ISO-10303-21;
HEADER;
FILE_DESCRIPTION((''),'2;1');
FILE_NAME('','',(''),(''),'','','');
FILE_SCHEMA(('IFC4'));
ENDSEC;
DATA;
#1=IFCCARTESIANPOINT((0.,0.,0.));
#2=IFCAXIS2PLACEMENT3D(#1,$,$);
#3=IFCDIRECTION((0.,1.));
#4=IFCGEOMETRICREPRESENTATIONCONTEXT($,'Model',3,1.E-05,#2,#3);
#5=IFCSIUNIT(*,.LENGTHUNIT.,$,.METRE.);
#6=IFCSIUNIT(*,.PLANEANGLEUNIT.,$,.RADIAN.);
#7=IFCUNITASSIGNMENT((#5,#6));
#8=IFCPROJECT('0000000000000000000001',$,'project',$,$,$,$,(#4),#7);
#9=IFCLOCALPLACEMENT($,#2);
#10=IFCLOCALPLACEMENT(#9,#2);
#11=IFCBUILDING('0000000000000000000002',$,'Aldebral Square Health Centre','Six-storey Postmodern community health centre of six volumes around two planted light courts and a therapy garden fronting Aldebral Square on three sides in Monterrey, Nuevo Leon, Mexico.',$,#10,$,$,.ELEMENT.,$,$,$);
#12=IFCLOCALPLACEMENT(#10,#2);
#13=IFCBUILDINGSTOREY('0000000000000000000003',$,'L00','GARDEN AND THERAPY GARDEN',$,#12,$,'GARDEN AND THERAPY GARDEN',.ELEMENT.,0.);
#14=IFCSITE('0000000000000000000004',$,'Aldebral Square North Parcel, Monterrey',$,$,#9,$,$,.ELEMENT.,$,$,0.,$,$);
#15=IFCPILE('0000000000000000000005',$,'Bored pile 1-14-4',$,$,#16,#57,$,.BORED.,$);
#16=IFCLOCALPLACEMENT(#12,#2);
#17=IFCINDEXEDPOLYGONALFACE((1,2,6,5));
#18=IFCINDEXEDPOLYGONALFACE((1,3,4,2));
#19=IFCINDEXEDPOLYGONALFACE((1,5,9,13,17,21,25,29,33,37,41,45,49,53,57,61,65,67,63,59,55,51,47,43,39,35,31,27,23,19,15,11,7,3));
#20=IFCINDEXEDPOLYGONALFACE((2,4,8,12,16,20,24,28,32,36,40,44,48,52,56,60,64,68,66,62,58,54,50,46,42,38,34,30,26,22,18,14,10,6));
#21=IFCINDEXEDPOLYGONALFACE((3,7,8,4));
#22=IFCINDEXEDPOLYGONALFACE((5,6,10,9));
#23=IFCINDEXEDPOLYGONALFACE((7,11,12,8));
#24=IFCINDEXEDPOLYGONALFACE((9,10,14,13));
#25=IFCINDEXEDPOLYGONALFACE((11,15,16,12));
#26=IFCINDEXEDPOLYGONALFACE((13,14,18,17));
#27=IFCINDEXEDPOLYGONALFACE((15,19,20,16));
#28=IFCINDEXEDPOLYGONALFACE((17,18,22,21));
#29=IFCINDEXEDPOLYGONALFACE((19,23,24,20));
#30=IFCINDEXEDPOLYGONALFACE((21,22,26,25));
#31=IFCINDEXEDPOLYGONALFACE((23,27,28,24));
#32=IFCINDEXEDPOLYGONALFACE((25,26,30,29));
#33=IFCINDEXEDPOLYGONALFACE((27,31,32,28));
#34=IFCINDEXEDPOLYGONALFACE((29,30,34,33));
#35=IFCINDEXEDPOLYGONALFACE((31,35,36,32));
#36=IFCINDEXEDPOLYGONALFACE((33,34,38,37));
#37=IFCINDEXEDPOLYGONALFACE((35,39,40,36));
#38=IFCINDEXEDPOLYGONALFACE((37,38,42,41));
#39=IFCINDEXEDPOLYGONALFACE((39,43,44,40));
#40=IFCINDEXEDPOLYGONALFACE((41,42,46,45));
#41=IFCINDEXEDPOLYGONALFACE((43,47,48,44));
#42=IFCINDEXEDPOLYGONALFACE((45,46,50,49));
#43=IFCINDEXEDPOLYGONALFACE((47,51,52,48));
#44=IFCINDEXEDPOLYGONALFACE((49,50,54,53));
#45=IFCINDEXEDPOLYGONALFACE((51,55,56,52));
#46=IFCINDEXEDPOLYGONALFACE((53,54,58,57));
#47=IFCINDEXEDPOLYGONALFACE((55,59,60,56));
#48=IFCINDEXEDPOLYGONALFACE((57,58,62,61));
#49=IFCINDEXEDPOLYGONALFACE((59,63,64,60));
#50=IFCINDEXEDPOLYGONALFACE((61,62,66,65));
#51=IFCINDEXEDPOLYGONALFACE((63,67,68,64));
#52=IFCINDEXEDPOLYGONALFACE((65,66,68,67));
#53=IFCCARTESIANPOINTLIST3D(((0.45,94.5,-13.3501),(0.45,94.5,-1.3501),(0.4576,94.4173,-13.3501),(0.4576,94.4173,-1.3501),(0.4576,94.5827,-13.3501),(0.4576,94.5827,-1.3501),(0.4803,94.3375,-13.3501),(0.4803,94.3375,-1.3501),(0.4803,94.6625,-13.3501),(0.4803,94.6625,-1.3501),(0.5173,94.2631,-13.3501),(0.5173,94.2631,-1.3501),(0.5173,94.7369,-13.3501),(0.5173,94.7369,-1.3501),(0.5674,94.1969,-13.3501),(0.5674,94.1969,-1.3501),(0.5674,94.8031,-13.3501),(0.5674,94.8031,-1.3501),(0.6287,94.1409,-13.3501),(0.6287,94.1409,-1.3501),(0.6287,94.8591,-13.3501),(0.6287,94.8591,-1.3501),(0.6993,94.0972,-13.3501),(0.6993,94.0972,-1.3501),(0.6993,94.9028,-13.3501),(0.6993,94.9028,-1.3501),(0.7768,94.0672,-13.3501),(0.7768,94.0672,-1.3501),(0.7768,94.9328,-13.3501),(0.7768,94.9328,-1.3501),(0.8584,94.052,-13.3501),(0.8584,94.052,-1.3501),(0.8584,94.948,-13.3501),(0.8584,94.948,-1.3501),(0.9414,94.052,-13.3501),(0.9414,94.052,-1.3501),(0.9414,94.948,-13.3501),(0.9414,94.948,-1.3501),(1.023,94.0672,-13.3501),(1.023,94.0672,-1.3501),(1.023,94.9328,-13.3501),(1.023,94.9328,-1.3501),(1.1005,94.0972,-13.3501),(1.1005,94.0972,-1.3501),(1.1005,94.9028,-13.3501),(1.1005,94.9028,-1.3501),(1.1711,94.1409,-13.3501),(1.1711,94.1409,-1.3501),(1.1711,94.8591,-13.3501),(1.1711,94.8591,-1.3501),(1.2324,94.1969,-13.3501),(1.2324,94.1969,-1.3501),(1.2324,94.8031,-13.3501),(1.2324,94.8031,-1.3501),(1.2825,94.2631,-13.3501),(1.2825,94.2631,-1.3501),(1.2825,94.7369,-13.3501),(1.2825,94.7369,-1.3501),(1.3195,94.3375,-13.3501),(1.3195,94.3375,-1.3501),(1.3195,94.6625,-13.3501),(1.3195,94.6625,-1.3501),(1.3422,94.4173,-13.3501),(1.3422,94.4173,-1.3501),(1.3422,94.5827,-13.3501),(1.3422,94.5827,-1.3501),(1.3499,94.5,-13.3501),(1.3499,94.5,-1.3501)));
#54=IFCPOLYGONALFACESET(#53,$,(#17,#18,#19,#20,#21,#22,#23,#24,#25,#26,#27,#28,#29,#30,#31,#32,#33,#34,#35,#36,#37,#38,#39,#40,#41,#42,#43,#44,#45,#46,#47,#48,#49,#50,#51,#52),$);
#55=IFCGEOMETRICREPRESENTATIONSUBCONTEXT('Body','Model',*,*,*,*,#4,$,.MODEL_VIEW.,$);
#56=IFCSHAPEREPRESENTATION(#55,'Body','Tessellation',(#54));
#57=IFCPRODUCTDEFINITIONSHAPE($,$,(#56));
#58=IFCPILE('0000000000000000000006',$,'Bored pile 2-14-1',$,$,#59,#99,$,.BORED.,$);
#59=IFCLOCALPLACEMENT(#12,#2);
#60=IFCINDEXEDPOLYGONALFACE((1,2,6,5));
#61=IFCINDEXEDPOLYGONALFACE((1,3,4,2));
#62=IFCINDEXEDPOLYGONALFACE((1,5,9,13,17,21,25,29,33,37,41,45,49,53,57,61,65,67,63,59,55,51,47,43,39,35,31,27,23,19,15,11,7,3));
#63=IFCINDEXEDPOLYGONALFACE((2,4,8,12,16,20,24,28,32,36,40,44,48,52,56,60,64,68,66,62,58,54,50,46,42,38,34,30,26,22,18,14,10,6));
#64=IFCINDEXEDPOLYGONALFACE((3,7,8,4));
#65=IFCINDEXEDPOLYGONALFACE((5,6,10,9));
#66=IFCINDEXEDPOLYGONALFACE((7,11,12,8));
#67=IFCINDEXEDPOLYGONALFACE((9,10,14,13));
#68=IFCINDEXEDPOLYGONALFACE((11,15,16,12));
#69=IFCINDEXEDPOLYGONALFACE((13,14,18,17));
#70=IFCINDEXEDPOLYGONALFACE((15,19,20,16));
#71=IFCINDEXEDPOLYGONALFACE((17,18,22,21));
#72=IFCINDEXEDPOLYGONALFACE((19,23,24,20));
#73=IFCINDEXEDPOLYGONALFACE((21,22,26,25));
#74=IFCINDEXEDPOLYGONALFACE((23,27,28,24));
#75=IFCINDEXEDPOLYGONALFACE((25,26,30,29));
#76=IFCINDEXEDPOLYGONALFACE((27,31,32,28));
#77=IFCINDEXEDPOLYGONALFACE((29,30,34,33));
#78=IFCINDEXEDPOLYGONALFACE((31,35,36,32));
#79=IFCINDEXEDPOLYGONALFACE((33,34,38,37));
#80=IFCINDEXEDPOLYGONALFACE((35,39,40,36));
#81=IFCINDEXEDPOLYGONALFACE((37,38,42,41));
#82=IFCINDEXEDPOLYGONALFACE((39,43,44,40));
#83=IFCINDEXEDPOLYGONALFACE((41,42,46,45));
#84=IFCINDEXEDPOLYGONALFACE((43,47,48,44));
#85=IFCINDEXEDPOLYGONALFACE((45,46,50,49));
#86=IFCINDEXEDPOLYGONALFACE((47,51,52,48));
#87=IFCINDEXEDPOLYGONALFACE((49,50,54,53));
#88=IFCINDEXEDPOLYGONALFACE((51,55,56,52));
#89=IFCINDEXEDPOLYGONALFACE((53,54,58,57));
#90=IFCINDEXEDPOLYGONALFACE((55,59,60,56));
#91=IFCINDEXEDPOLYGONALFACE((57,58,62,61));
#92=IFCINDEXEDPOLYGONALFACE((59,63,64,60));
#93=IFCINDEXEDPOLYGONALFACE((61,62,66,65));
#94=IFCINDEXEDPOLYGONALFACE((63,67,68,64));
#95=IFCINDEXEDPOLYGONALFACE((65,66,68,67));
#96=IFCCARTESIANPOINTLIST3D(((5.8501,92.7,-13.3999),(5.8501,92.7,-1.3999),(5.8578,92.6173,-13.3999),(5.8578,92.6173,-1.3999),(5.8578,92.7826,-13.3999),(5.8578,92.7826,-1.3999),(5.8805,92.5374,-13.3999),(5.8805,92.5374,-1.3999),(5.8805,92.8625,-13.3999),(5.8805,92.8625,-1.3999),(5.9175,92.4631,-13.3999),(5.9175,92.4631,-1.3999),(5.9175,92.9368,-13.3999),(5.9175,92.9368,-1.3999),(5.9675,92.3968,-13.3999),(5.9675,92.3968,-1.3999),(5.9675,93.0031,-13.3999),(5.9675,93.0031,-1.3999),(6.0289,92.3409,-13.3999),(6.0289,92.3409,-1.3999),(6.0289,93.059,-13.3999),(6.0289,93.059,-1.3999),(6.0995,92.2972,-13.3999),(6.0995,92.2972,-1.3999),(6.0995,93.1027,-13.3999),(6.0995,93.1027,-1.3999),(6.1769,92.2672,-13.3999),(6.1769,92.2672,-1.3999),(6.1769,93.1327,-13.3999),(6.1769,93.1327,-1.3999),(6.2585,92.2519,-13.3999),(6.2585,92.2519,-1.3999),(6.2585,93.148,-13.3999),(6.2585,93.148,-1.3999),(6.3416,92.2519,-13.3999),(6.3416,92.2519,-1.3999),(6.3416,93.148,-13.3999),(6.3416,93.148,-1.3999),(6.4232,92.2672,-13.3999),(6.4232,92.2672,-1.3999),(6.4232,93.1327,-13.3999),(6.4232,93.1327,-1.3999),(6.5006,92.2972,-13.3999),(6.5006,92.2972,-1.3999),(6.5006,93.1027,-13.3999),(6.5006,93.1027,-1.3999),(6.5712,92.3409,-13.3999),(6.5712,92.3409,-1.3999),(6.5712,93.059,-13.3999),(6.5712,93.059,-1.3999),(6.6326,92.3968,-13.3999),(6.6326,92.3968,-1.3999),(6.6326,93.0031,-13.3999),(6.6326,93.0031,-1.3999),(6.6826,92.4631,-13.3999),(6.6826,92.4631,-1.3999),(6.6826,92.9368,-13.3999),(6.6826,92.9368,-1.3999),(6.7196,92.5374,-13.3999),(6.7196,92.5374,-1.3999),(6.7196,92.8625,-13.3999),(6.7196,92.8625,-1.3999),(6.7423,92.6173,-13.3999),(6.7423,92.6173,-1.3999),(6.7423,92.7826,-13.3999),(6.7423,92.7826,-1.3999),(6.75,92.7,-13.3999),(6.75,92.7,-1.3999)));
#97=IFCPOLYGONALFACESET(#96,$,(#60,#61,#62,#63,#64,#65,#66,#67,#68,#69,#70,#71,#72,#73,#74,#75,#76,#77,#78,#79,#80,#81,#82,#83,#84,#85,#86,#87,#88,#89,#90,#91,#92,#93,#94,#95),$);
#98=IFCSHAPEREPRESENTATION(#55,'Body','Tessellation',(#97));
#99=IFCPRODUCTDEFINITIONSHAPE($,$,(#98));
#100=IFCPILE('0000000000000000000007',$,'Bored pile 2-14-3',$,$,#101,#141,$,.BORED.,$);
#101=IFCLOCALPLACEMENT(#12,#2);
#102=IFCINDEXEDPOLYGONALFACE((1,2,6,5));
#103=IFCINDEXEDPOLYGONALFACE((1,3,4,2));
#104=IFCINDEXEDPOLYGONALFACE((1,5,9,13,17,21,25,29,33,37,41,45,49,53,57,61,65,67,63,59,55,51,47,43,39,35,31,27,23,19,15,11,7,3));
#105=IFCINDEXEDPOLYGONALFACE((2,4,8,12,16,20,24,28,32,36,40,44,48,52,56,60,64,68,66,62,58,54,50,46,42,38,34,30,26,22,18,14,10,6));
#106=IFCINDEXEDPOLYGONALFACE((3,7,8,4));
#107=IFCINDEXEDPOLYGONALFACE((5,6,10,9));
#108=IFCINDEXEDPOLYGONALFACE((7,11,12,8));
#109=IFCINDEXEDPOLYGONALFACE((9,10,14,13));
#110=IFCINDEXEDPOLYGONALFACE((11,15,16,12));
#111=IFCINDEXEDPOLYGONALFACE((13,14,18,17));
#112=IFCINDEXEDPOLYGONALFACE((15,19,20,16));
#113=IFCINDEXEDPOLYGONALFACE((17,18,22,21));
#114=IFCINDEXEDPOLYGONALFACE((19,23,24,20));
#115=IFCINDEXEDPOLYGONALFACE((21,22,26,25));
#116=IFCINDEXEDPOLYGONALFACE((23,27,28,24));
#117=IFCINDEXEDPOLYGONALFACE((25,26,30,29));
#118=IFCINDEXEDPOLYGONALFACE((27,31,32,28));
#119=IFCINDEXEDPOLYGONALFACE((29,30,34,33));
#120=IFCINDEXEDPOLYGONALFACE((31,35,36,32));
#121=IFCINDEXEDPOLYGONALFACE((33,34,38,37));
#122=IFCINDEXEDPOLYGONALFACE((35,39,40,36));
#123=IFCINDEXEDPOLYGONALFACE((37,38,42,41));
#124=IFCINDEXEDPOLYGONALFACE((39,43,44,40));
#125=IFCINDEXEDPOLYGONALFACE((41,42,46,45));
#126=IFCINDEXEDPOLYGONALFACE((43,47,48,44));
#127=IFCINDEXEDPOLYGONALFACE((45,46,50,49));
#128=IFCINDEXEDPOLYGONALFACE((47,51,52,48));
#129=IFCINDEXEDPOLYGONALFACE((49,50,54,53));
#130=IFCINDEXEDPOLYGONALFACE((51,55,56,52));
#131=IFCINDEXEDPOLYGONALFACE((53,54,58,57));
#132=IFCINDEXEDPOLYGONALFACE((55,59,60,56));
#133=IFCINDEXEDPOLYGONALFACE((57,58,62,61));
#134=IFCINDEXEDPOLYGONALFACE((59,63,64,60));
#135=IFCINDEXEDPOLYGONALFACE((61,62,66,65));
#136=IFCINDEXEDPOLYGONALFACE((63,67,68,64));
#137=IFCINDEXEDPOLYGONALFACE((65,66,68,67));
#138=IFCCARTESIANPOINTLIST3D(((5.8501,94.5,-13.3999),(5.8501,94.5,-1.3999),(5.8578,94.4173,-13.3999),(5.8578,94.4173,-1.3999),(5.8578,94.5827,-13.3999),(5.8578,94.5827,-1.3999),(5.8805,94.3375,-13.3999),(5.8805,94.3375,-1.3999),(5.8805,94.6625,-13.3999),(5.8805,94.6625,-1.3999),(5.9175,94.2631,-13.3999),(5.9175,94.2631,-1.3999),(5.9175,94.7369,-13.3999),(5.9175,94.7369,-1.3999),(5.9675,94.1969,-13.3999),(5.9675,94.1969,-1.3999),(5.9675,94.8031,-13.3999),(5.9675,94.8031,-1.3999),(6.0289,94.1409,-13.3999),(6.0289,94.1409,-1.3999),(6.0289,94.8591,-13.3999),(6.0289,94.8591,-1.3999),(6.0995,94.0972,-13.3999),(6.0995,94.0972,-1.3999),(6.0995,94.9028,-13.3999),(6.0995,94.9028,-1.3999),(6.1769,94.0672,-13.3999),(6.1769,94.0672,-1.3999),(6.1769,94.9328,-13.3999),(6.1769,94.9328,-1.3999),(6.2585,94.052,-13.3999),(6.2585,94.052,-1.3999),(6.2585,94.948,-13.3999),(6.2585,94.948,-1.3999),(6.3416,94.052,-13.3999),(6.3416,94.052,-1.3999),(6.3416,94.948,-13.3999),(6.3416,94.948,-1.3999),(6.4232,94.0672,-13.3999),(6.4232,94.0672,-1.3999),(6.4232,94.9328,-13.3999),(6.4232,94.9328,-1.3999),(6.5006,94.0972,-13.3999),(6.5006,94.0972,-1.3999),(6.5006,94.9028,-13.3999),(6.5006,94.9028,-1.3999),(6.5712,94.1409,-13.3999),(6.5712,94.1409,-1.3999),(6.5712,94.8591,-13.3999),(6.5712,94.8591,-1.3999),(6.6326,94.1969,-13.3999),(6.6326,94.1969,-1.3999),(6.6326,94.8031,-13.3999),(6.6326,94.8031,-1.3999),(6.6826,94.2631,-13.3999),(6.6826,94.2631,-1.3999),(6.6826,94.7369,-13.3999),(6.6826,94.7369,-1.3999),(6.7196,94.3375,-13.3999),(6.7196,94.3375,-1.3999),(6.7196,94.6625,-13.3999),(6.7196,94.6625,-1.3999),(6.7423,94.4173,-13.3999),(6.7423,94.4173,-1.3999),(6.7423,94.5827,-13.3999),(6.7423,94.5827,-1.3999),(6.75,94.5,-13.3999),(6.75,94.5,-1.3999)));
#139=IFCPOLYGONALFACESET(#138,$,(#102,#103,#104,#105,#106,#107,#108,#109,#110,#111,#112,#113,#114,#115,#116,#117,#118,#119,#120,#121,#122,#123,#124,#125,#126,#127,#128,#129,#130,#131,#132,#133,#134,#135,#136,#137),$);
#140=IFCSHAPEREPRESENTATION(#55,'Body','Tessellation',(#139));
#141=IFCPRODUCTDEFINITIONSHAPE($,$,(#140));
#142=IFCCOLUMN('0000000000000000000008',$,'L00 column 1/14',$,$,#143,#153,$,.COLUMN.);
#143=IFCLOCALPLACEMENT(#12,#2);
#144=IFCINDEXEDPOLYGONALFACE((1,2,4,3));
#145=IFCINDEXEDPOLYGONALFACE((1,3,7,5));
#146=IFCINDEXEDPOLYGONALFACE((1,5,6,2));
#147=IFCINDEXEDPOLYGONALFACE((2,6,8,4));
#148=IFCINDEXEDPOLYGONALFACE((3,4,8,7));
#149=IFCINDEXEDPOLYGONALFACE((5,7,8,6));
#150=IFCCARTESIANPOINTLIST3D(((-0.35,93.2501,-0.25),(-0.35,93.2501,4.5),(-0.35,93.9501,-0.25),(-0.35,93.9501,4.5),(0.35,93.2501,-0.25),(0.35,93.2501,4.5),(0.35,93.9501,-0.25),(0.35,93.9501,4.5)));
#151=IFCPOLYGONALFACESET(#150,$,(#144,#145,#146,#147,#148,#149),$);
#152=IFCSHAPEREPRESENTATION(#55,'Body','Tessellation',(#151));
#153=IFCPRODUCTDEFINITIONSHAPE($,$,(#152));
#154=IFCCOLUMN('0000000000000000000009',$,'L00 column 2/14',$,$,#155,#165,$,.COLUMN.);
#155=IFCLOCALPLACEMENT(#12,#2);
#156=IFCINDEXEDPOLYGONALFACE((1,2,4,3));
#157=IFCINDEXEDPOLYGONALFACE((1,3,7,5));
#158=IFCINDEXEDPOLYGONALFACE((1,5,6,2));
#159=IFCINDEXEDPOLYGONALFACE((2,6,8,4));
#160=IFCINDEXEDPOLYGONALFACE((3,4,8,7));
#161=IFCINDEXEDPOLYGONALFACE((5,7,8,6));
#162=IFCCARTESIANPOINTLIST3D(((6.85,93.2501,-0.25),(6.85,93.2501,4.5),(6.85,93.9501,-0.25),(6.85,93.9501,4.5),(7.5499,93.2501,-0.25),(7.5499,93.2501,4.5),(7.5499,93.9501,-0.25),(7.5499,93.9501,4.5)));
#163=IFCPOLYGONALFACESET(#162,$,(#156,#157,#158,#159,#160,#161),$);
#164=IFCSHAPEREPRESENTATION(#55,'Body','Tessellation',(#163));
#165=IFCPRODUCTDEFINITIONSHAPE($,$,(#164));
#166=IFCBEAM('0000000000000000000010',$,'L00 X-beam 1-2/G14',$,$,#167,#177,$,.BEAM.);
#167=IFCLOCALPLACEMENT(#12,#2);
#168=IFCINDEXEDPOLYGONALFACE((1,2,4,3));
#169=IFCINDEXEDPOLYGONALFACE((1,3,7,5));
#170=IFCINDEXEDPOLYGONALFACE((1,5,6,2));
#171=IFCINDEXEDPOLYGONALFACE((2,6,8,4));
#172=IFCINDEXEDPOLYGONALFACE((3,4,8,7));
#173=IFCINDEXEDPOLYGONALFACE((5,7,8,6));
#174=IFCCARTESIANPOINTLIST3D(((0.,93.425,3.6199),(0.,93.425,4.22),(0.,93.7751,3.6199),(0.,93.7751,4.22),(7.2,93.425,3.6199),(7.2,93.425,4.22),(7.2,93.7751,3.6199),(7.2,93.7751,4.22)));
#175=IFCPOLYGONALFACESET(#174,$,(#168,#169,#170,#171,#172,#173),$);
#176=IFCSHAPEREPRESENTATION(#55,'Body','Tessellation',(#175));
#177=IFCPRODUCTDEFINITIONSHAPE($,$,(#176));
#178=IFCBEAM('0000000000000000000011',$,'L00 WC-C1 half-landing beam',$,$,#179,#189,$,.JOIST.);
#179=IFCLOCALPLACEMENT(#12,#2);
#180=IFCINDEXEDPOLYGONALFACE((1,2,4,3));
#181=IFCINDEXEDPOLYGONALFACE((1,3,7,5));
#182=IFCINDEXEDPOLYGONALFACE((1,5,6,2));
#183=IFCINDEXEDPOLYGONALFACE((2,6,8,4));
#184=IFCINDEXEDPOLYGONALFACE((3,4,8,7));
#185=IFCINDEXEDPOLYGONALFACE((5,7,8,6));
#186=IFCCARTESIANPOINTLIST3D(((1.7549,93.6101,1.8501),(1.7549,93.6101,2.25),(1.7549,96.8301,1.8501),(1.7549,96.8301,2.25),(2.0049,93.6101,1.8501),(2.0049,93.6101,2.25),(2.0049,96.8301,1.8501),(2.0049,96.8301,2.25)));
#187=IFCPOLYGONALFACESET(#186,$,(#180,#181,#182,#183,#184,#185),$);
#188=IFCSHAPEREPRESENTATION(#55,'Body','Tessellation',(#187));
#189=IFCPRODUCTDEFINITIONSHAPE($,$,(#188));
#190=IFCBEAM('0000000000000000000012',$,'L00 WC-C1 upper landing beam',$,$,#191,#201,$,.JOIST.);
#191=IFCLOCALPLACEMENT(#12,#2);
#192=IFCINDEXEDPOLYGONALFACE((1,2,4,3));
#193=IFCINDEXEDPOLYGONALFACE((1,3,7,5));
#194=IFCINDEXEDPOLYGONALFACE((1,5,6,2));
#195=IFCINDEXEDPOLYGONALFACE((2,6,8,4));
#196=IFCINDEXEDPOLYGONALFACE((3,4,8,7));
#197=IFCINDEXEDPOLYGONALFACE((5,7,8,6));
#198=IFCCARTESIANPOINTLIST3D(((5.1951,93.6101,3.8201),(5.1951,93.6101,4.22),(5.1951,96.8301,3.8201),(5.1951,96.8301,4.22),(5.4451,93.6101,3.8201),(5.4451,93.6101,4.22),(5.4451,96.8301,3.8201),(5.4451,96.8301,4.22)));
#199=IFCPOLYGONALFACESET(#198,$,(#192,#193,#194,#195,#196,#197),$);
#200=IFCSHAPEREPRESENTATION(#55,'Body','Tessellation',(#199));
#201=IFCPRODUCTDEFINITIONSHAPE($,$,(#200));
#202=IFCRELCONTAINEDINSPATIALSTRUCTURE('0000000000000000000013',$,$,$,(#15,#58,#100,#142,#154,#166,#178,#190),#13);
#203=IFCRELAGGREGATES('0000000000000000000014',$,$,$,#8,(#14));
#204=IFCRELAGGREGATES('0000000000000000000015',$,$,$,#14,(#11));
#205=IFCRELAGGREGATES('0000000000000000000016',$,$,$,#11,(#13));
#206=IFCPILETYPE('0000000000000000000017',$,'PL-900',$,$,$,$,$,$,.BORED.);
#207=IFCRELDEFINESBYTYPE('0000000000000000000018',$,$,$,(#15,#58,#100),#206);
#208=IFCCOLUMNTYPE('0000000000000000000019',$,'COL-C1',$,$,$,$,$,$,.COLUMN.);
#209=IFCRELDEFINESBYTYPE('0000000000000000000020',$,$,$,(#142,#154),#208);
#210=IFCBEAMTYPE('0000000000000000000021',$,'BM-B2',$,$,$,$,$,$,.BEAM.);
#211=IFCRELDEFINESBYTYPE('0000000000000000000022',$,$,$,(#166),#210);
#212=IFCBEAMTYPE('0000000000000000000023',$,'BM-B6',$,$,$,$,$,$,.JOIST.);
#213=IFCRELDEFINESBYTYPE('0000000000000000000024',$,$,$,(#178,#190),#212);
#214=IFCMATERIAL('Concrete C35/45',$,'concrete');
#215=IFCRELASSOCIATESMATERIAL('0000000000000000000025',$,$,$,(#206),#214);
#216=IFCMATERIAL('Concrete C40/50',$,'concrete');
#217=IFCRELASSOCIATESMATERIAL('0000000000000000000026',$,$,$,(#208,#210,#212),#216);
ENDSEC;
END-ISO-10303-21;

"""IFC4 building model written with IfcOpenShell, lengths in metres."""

from ifc_helpers import new_model, si_unit, direction, frame, origin, origin_2d, place, context, subcontext, project, spatial, rectangle, circle, extrude, material, material_profile, profile_set, type_object, element, save


model = new_model("IFC4")

# Units and contexts
model_context = context("Model", 3, precision=1e-05, world=origin(), true_north=direction((0.0, 1.0)))
body_context = subcontext(model_context, "Body", "Model", "MODEL_VIEW")
ifc_project = project(units=[si_unit("LENGTHUNIT", "METRE"), si_unit("PLANEANGLEUNIT", "RADIAN")], contexts=[model_context])

# Site, building, storey
site_placement = place(None, origin())
site = spatial("IfcSite", under=ifc_project, at=site_placement, Name="Aldebral Square North Parcel, Monterrey", CompositionType="ELEMENT", RefElevation=0.0)
building_placement = place(site_placement, origin())
building = spatial("IfcBuilding", under=site, at=building_placement, Name="Aldebral Square Health Centre", Description="Six-storey Postmodern community health centre of six volumes around two planted light courts and a therapy garden fronting Aldebral Square on three sides in Monterrey, Nuevo Leon, Mexico.", CompositionType="ELEMENT")
storey_placement = place(building_placement, origin())
storey = spatial("IfcBuildingStorey", under=building, at=storey_placement, Name="L00", Description="GARDEN AND THERAPY GARDEN", LongName="GARDEN AND THERAPY GARDEN", CompositionType="ELEMENT", Elevation=0.0)

# Shared definitions
ifc_material_1 = material(Name="Concrete C35/45", Category="concrete")

# Piles
ifc_material_profile_1 = material_profile(ifc_material_1, circle(Radius=0.45, at=origin_2d()), Name="PILE D900")
ifc_profile_set_1 = profile_set([ifc_material_profile_1], Name="Concrete C35/45")
pile_type = type_object("IfcPileType", Name="PL-900", PredefinedType="BORED", material=ifc_profile_set_1)
for number, where, z_axis, x_axis, name in (
    (1, (0.8999, 94.5, -1.3501), (0.0, 0.0, -1.0), (1.0, 0.0, 0.0), "Bored pile 1-14-4"),
    (2, (6.3, 92.7, -1.3999), (0.0, 0.0, -1.0), (1.0, 0.0, 0.0), "Bored pile 2-14-1"),
    (3, (6.3, 94.5, -1.3999), (0.0, 0.0, -1.0), (1.0, 0.0, 0.0), "Bored pile 2-14-3"),
):
    element("IfcPile", number, at=place(storey_placement, frame(where, z_axis=z_axis, x_axis=x_axis)), inside=storey, type_object=pile_type, Name=name, PredefinedType="BORED", context=body_context, shape_type="SweptSolid", body=[
        extrude(circle(Radius=0.45, at=origin_2d()), origin(), (0.0, 0.0, 1.0), 12.0),
    ])

# Columns
ifc_material_2 = material(Name="Concrete C40/50", Category="concrete")
ifc_material_profile_2 = material_profile(ifc_material_2, rectangle(XDim=0.7, YDim=0.7, at=origin_2d()), Name="RC 700x700")
ifc_profile_set_2 = profile_set([ifc_material_profile_2], Name="Concrete C40/50")
column_type = type_object("IfcColumnType", Name="COL-C1", PredefinedType="COLUMN", material=ifc_profile_set_2)
for number, where, z_axis, x_axis, name in (
    (4, (0.0, 93.6001, -0.25), (0.0, 0.0, 1.0), (1.0, 0.0, 0.0), "L00 column 1/14"),
    (5, (7.2, 93.6001, -0.25), (0.0, 0.0, 1.0), (1.0, 0.0, 0.0), "L00 column 2/14"),
):
    element("IfcColumn", number, at=place(storey_placement, frame(where, z_axis=z_axis, x_axis=x_axis)), inside=storey, type_object=column_type, Name=name, PredefinedType="COLUMN", context=body_context, shape_type="SweptSolid", body=[
        extrude(rectangle(XDim=0.7, YDim=0.7, at=origin_2d()), origin(), (0.0, 0.0, 1.0), 4.75),
    ])

# Beams
ifc_material_profile_3 = material_profile(ifc_material_2, rectangle(XDim=0.3501, YDim=0.6001, at=origin_2d()), Name="RC 350x600")
ifc_profile_set_3 = profile_set([ifc_material_profile_3], Name="Concrete C40/50")
beam_type_1 = type_object("IfcBeamType", Name="BM-B2", PredefinedType="BEAM", material=ifc_profile_set_3)
beam_1_placement = place(storey_placement, frame((0.0, 93.6001, 3.9199), z_axis=(1.0, 0.0, 0.0), x_axis=(0.0, 1.0, 0.0)))
element("IfcBeam", 6, at=beam_1_placement, inside=storey, type_object=beam_type_1, Name="L00 X-beam 1-2/G14", PredefinedType="BEAM", context=body_context, shape_type="SweptSolid", body=[
    extrude(rectangle(XDim=0.3501, YDim=0.6001, at=origin_2d()), origin(), (0.0, 0.0, 1.0), 7.2),
])
ifc_material_profile_4 = material_profile(ifc_material_2, rectangle(XDim=0.25, YDim=0.3999, at=origin_2d()), Name="RC 250x400")
ifc_profile_set_4 = profile_set([ifc_material_profile_4], Name="Concrete C40/50")
beam_type_2 = type_object("IfcBeamType", Name="BM-B6", PredefinedType="JOIST", material=ifc_profile_set_4)
for number, where, z_axis, x_axis, name in (
    (7, (1.8799, 93.6101, 2.05), (0.0, 1.0, 0.0), (-1.0, 0.0, 0.0), "L00 WC-C1 half-landing beam"),
    (8, (5.3201, 93.6101, 4.02), (0.0, 1.0, 0.0), (-1.0, 0.0, 0.0), "L00 WC-C1 upper landing beam"),
):
    element("IfcBeam", number, at=place(storey_placement, frame(where, z_axis=z_axis, x_axis=x_axis)), inside=storey, type_object=beam_type_2, Name=name, PredefinedType="JOIST", context=body_context, shape_type="SweptSolid", body=[
        extrude(rectangle(XDim=0.25, YDim=0.3999, at=origin_2d()), origin(), (0.0, 0.0, 1.0), 3.22),
    ])

save(model, "model.ifc")
